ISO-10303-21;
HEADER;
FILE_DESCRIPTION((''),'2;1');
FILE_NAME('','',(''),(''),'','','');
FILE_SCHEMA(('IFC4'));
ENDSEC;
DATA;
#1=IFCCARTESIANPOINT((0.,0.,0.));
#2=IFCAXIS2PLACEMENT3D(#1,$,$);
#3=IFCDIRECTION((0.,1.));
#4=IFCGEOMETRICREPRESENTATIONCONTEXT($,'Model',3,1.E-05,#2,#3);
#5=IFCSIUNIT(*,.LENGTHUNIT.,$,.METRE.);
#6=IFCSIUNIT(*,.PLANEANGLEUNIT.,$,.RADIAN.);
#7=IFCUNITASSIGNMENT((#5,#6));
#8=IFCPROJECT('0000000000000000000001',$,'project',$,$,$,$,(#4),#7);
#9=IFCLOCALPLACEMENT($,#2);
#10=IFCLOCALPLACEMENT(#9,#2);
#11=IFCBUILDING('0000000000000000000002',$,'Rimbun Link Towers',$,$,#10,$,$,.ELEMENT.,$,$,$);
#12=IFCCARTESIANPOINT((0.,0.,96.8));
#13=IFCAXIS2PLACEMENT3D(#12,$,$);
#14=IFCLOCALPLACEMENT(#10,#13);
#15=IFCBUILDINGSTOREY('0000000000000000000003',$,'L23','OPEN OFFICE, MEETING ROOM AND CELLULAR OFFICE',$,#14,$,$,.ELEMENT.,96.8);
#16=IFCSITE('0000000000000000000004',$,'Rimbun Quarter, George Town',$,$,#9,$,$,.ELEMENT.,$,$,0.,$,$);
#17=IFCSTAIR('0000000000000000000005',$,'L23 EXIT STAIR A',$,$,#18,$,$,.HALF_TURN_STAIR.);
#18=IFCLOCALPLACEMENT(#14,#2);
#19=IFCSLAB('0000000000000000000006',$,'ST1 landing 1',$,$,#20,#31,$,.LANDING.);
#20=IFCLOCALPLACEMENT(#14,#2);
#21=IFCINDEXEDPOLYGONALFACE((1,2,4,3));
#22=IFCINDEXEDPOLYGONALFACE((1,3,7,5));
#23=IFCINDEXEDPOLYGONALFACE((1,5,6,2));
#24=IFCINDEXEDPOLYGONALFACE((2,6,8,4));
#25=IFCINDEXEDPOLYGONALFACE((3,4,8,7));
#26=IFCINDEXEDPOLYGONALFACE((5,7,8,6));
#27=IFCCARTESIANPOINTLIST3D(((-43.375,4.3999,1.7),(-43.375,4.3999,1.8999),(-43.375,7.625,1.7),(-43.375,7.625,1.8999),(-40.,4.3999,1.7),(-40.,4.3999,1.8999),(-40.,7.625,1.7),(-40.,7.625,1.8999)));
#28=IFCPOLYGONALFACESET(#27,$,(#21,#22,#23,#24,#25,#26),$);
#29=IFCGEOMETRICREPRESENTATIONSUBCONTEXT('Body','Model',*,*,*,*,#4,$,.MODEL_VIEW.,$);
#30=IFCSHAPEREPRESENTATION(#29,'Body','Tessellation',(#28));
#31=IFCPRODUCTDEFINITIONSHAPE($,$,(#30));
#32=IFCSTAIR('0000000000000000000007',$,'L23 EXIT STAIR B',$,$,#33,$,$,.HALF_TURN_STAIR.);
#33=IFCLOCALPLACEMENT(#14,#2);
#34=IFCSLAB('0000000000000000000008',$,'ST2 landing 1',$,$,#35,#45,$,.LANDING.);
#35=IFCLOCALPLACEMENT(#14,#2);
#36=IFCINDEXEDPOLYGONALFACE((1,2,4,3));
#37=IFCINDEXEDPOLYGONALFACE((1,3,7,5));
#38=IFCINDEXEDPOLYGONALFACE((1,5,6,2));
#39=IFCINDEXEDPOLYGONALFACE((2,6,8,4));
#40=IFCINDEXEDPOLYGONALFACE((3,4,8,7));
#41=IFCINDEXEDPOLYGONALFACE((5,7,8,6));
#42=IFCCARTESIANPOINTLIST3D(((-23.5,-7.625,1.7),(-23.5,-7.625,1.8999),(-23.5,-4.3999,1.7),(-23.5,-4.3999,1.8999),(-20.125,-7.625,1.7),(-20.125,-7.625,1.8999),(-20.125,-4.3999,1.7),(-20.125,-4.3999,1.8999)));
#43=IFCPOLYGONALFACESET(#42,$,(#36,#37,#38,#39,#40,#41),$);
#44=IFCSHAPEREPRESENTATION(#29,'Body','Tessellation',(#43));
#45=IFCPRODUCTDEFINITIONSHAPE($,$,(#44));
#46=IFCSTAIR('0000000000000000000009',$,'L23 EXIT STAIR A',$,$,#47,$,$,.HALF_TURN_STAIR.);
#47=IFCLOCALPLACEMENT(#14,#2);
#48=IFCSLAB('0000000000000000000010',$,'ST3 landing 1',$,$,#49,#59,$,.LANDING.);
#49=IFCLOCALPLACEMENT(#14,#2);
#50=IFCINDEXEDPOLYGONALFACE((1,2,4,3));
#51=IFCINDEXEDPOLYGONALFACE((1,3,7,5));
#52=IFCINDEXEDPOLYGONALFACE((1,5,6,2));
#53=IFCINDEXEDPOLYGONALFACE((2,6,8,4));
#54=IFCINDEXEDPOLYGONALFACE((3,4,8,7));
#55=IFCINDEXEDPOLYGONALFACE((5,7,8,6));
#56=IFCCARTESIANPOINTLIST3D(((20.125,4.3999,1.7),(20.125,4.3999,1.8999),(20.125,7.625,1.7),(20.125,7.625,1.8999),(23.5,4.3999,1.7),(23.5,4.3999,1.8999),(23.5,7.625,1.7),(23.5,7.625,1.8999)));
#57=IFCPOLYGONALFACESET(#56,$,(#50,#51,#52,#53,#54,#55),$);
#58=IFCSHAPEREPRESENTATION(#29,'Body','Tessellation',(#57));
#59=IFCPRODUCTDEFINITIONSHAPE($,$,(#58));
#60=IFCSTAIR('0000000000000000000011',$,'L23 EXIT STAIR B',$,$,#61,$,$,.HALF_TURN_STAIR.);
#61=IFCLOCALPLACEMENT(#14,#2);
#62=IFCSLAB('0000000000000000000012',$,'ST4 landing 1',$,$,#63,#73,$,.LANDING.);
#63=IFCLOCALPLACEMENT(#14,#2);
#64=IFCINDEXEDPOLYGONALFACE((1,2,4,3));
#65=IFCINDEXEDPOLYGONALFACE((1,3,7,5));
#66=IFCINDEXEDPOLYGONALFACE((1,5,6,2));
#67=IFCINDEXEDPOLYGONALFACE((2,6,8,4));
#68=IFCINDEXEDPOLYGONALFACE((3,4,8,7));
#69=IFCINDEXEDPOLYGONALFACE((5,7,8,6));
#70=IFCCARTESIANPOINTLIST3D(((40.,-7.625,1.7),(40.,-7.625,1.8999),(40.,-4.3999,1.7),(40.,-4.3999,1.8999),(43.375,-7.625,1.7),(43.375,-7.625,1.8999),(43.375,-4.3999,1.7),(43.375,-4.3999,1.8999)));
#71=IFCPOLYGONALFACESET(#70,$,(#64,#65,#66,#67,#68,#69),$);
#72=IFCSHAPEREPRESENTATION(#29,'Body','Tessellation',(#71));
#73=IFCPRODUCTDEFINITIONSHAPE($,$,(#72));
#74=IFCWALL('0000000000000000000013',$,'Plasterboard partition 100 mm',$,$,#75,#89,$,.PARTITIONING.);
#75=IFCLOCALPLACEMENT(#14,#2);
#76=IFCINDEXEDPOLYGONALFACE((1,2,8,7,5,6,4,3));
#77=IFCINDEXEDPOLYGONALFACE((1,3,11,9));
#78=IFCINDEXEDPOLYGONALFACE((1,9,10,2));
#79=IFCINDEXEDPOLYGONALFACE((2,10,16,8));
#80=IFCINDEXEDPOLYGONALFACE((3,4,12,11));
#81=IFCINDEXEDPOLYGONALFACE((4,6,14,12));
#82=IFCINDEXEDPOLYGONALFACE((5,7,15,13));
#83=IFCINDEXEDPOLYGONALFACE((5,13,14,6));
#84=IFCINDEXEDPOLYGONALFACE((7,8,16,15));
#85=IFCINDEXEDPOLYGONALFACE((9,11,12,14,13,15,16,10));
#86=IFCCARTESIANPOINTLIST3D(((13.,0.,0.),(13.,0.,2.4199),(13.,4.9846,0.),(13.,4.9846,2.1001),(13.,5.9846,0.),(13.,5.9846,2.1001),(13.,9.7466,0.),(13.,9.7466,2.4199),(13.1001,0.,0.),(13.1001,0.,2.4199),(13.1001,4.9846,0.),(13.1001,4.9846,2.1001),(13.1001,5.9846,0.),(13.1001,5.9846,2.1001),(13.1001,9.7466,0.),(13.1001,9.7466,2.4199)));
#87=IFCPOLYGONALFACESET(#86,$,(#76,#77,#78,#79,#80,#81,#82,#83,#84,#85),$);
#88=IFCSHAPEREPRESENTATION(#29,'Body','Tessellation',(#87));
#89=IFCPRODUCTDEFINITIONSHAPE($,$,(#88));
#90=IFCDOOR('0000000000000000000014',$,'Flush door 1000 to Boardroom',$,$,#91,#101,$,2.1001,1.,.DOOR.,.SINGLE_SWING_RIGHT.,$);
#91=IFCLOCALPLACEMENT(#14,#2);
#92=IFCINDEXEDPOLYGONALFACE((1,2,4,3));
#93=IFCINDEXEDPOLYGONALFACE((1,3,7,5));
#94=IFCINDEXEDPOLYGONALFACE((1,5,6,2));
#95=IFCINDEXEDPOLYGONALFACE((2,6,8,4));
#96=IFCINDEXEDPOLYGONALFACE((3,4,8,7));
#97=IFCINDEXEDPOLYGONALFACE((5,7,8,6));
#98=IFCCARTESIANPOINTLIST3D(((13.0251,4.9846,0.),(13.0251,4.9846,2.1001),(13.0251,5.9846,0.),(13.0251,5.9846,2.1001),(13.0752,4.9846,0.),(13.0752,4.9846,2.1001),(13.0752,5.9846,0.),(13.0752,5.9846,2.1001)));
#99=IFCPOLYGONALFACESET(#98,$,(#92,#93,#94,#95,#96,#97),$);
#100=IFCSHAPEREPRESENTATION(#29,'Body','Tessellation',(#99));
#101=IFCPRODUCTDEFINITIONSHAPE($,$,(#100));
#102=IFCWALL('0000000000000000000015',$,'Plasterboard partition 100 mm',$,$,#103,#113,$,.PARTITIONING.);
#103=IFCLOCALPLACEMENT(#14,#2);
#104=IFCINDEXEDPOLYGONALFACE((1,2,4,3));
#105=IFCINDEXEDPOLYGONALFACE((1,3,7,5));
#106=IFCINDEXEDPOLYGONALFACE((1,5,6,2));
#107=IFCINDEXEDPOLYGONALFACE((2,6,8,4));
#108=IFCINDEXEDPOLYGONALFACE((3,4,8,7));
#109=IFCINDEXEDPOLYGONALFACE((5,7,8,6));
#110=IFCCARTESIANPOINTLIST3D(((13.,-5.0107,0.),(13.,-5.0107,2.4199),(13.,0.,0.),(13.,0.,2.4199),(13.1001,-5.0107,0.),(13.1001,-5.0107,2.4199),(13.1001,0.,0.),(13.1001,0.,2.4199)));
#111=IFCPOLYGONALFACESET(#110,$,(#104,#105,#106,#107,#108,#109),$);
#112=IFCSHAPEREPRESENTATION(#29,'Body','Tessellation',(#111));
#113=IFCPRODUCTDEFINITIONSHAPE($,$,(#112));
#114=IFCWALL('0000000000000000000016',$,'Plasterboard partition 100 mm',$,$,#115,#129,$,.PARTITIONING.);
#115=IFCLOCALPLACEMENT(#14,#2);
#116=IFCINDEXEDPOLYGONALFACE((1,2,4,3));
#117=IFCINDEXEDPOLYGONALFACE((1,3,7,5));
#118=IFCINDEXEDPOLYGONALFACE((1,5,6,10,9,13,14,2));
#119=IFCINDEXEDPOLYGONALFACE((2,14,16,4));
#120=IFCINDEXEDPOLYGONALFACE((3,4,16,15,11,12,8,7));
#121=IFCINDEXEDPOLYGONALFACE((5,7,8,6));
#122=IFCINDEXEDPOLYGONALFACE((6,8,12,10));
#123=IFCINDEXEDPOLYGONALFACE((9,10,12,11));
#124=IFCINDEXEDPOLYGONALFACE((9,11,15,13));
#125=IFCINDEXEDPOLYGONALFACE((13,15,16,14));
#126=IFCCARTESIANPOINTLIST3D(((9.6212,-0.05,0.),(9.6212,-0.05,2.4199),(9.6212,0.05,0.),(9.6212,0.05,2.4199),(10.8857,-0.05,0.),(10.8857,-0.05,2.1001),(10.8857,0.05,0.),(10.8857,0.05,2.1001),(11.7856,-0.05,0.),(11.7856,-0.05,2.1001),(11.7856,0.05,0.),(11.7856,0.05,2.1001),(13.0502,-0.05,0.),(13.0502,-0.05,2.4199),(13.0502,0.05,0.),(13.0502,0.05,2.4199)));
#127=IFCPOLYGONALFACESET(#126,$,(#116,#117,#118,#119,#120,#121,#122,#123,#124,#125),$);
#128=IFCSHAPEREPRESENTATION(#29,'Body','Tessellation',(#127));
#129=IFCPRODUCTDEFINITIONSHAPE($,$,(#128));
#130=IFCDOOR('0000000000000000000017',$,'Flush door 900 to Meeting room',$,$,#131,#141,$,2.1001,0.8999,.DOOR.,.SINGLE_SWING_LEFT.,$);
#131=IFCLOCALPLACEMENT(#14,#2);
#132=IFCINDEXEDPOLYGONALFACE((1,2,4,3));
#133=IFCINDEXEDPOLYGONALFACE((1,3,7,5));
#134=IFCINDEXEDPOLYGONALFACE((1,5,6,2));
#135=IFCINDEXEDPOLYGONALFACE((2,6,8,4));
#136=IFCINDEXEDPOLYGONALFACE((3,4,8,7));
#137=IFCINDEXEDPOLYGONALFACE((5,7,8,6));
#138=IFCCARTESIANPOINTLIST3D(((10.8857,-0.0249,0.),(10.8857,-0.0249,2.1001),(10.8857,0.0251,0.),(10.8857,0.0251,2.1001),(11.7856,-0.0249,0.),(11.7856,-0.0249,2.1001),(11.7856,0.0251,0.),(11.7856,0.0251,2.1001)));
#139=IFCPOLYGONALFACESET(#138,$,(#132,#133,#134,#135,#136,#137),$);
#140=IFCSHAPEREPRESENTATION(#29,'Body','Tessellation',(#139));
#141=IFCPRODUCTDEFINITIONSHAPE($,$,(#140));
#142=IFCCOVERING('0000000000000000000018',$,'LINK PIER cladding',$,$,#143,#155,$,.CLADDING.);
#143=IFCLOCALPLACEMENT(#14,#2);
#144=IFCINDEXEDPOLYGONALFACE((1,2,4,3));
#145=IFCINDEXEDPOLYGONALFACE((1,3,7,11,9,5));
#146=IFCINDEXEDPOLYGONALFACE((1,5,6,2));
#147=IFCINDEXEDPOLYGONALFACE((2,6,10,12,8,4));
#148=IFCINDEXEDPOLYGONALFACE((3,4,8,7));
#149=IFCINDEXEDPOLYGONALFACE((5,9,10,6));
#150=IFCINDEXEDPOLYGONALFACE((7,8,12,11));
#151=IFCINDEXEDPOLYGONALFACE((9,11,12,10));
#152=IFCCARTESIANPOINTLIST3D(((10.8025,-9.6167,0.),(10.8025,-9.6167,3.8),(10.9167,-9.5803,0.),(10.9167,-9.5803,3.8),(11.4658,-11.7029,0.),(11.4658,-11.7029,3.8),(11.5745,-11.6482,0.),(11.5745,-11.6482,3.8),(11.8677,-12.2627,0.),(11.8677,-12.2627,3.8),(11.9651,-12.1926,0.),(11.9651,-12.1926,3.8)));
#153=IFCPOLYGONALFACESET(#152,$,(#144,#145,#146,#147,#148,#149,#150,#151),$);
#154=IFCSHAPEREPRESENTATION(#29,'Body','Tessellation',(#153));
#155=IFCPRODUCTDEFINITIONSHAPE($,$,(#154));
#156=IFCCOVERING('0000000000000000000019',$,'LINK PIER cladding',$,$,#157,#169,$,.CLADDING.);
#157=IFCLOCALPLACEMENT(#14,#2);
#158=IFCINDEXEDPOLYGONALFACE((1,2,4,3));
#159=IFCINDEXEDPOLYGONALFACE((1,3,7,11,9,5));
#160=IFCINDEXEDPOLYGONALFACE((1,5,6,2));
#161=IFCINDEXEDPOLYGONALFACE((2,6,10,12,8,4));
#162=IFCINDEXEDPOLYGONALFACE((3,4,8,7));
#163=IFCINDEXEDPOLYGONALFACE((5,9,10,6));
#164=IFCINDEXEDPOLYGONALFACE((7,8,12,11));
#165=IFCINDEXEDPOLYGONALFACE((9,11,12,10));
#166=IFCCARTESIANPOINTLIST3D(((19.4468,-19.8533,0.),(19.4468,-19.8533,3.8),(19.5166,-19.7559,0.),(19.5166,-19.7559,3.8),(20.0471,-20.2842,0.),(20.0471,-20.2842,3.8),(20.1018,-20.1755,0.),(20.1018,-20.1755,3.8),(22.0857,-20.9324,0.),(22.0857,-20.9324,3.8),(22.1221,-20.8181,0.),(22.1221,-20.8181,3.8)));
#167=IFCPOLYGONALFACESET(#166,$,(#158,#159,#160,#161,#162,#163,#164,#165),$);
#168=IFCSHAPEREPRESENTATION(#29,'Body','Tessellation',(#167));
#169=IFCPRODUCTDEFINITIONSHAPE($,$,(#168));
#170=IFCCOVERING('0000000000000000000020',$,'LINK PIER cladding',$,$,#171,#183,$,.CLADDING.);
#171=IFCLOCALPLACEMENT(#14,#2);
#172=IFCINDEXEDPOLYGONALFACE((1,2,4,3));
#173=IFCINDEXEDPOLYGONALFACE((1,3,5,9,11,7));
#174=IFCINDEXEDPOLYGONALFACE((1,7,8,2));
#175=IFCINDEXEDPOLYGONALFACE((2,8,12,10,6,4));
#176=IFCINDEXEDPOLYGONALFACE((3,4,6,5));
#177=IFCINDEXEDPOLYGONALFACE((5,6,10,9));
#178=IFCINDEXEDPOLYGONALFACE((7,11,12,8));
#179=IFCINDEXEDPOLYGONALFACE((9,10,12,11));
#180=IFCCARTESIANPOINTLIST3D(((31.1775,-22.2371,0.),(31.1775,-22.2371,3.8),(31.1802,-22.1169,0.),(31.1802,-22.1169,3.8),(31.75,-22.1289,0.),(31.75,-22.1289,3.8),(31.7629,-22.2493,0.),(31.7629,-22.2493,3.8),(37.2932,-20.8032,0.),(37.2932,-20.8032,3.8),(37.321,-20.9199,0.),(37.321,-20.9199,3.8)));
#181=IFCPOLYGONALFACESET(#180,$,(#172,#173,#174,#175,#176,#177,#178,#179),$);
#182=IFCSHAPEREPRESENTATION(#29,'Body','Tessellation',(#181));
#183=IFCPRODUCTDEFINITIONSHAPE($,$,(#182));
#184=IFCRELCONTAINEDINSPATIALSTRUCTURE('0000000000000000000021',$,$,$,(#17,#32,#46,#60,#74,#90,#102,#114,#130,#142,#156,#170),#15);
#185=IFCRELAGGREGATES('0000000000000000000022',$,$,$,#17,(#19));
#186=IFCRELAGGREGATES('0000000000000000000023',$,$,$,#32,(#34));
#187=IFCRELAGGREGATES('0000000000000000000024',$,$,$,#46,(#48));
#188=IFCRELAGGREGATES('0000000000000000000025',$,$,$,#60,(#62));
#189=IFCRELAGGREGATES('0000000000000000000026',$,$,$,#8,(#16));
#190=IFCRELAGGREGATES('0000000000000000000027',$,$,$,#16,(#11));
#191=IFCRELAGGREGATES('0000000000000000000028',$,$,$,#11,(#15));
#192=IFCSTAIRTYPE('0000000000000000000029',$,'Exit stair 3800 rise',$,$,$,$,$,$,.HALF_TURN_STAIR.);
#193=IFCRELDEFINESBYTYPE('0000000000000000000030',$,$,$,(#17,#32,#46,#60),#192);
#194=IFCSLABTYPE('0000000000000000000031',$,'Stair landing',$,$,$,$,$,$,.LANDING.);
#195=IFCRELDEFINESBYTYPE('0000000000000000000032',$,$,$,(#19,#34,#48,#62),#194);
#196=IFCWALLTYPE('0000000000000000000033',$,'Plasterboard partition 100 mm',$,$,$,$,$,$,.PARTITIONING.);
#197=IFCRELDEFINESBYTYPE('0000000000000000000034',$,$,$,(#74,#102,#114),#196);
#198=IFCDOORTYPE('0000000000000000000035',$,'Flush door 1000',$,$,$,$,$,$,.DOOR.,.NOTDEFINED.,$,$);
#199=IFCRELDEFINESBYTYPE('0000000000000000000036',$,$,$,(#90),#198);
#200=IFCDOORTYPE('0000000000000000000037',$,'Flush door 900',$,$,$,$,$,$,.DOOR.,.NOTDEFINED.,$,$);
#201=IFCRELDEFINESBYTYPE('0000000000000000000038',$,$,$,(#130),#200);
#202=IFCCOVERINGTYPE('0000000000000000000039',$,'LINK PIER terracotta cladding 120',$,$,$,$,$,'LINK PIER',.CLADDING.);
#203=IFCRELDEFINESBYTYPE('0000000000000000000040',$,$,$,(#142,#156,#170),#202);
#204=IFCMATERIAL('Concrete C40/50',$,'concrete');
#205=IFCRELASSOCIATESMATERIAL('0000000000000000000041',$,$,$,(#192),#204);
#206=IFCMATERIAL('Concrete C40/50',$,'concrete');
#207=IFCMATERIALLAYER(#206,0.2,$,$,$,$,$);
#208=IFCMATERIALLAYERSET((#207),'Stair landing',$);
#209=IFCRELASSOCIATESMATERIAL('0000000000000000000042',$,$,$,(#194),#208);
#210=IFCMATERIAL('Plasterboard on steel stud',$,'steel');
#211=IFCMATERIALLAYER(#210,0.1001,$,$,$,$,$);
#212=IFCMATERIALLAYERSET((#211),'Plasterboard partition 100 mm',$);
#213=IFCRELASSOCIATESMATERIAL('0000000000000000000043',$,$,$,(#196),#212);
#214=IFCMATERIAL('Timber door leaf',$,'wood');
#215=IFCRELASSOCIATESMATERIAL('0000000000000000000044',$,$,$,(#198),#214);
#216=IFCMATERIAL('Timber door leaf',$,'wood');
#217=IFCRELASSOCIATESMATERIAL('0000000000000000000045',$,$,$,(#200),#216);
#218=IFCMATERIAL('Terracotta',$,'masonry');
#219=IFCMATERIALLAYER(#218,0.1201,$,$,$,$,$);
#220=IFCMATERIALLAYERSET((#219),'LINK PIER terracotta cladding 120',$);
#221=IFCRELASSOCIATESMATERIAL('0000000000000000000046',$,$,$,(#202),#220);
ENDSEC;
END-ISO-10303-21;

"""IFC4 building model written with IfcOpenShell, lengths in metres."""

from ifc_helpers import new_model, si_unit, direction, frame, frame_2d, origin, place, context, subcontext, project, spatial, polyline, rectangle, outline, extrude, material, layer, layer_set, type_object, element, fill, aggregate, save


model = new_model("IFC4")

# Units and contexts
model_context = context("Model", 3, precision=1e-05, world=origin(), true_north=direction((0.0, 1.0)))
body_context = subcontext(model_context, "Body", "Model", "MODEL_VIEW")
ifc_project = project(units=[si_unit("LENGTHUNIT", "METRE"), si_unit("PLANEANGLEUNIT", "RADIAN")], contexts=[model_context])

# Site, building, storey
site_placement = place(None, origin())
site = spatial("IfcSite", under=ifc_project, at=site_placement, Name="Rimbun Quarter, George Town", CompositionType="ELEMENT", RefElevation=0.0)
building_placement = place(site_placement, origin())
building = spatial("IfcBuilding", under=site, at=building_placement, Name="Rimbun Link Towers", CompositionType="ELEMENT")
storey_placement = place(building_placement, frame((0.0, 0.0, 96.8)))
storey = spatial("IfcBuildingStorey", under=building, at=storey_placement, Name="L23", Description="OPEN OFFICE, MEETING ROOM AND CELLULAR OFFICE", CompositionType="ELEMENT", Elevation=96.8)

# Stairs, slabs
ifc_material_1 = material(Name="Concrete C40/50", Category="concrete")
stair_type = type_object("IfcStairType", Name="Exit stair 3800 rise", PredefinedType="HALF_TURN_STAIR", material=ifc_material_1)
stair_1_placement = place(storey_placement, origin())
stair_1 = element("IfcStair", 1, at=stair_1_placement, inside=storey, type_object=stair_type, Name="L23 EXIT STAIR A", PredefinedType="HALF_TURN_STAIR")
ifc_material_2 = material(Name="Concrete C40/50", Category="concrete")
ifc_layer_1 = layer(ifc_material_2, 0.2)
ifc_layer_set_1 = layer_set([ifc_layer_1], Name="Stair landing")
slab_type = type_object("IfcSlabType", Name="Stair landing", PredefinedType="LANDING", material=ifc_layer_set_1)
slab_1_placement = place(storey_placement, frame((0.0, 0.0, 1.7)))
slab_1 = element("IfcSlab", 2, at=slab_1_placement, type_object=slab_type, Name="ST1 landing 1", PredefinedType="LANDING", context=body_context, shape_type="SweptSolid", body=[
    extrude(outline(polyline([(-40.0, 7.625), (-43.375, 7.625), (-43.375, 4.3999), (-40.0, 4.3999), (-40.0, 7.625)])), origin(), (0.0, 0.0, 1.0), 0.2),
])
aggregate(stair_1, [slab_1])
stair_2_placement = place(storey_placement, origin())
stair_2 = element("IfcStair", 3, at=stair_2_placement, inside=storey, type_object=stair_type, Name="L23 EXIT STAIR B", PredefinedType="HALF_TURN_STAIR")
slab_2_placement = place(storey_placement, frame((0.0, 0.0, 1.7)))
slab_2 = element("IfcSlab", 4, at=slab_2_placement, type_object=slab_type, Name="ST2 landing 1", PredefinedType="LANDING", context=body_context, shape_type="SweptSolid", body=[
    extrude(outline(polyline([(-23.5, -7.625), (-20.125, -7.625), (-20.125, -4.3999), (-23.5, -4.3999), (-23.5, -7.625)])), origin(), (0.0, 0.0, 1.0), 0.2),
])
aggregate(stair_2, [slab_2])
stair_3_placement = place(storey_placement, origin())
stair_3 = element("IfcStair", 5, at=stair_3_placement, inside=storey, type_object=stair_type, Name="L23 EXIT STAIR A", PredefinedType="HALF_TURN_STAIR")
slab_3_placement = place(storey_placement, frame((0.0, 0.0, 1.7)))
slab_3 = element("IfcSlab", 6, at=slab_3_placement, type_object=slab_type, Name="ST3 landing 1", PredefinedType="LANDING", context=body_context, shape_type="SweptSolid", body=[
    extrude(outline(polyline([(23.5, 7.625), (20.125, 7.625), (20.125, 4.3999), (23.5, 4.3999), (23.5, 7.625)])), origin(), (0.0, 0.0, 1.0), 0.2),
])
aggregate(stair_3, [slab_3])
stair_4_placement = place(storey_placement, origin())
stair_4 = element("IfcStair", 7, at=stair_4_placement, inside=storey, type_object=stair_type, Name="L23 EXIT STAIR B", PredefinedType="HALF_TURN_STAIR")
slab_4_placement = place(storey_placement, frame((0.0, 0.0, 1.7)))
slab_4 = element("IfcSlab", 8, at=slab_4_placement, type_object=slab_type, Name="ST4 landing 1", PredefinedType="LANDING", context=body_context, shape_type="SweptSolid", body=[
    extrude(outline(polyline([(40.0, -7.625), (43.375, -7.625), (43.375, -4.3999), (40.0, -4.3999), (40.0, -7.625)])), origin(), (0.0, 0.0, 1.0), 0.2),
])
aggregate(stair_4, [slab_4])

# Wall, opening, door
ifc_material_3 = material(Name="Plasterboard on steel stud", Category="steel")
ifc_layer_2 = layer(ifc_material_3, 0.1001)
ifc_layer_set_2 = layer_set([ifc_layer_2], Name="Plasterboard partition 100 mm")
wall_type = type_object("IfcWallType", Name="Plasterboard partition 100 mm", PredefinedType="PARTITIONING", material=ifc_layer_set_2)
wall_1_placement = place(storey_placement, frame((13.05, 0.0, 0.0), z_axis=(0.0, 0.0, 1.0), x_axis=(0.0, 1.0, 0.0)))
wall_1 = element("IfcWall", 9, at=wall_1_placement, inside=storey, type_object=wall_type, Name="Plasterboard partition 100 mm", PredefinedType="PARTITIONING", context=body_context, shape_type="SweptSolid", body=[
    extrude(rectangle(XDim=9.7466, YDim=0.1001, at=frame_2d((4.8733, 0.0))), origin(), (0.0, 0.0, 1.0), 2.4199),
])
opening_1_placement = place(wall_1_placement, frame((4.9846, 0.0, 0.0)))
opening_1 = element("IfcOpeningElement", 10, at=opening_1_placement, cuts=wall_1, PredefinedType="OPENING", context=body_context, shape_type="SweptSolid", body=[
    extrude(rectangle(XDim=1.0, YDim=2.1001, at=frame_2d((0.5, 1.05))), frame((0.0, 0.0601, 0.0), z_axis=(0.0, -1.0, 0.0), x_axis=(1.0, 0.0, 0.0)), (0.0, 0.0, 1.0), 0.1201),
])
ifc_material_4 = material(Name="Timber door leaf", Category="wood")
door_type_1 = type_object("IfcDoorType", Name="Flush door 1000", OperationType="NOTDEFINED", PredefinedType="DOOR", material=ifc_material_4)
door_1_placement = place(opening_1_placement, origin())
door_1 = element("IfcDoor", 11, at=door_1_placement, inside=storey, type_object=door_type_1, Name="Flush door 1000 to Boardroom", OperationType="SINGLE_SWING_RIGHT", OverallHeight=2.1001, OverallWidth=1.0, PredefinedType="DOOR", context=body_context, shape_type="SweptSolid", body=[
    extrude(rectangle(XDim=1.0, YDim=2.1001, at=frame_2d((0.5, 1.05))), frame((0.0, 0.0249, 0.0), z_axis=(0.0, -1.0, 0.0), x_axis=(1.0, 0.0, 0.0)), (0.0, 0.0, 1.0), 0.05),
])
fill(opening_1, door_1)

# Wall
wall_2_placement = place(storey_placement, frame((13.05, 0.0, 0.0), z_axis=(0.0, 0.0, 1.0), x_axis=(0.0, -1.0, 0.0)))
element("IfcWall", 12, at=wall_2_placement, inside=storey, type_object=wall_type, Name="Plasterboard partition 100 mm", PredefinedType="PARTITIONING", context=body_context, shape_type="SweptSolid", body=[
    extrude(rectangle(XDim=5.0107, YDim=0.1001, at=frame_2d((2.5054, 0.0))), origin(), (0.0, 0.0, 1.0), 2.4199),
])

# Wall, opening, door
wall_3_placement = place(storey_placement, frame((13.05, 0.0, 0.0), z_axis=(0.0, 0.0, 1.0), x_axis=(-1.0, 0.0, 0.0)))
wall_3 = element("IfcWall", 13, at=wall_3_placement, inside=storey, type_object=wall_type, Name="Plasterboard partition 100 mm", PredefinedType="PARTITIONING", context=body_context, shape_type="SweptSolid", body=[
    extrude(rectangle(XDim=3.429, YDim=0.1001, at=frame_2d((1.7144, 0.0))), origin(), (0.0, 0.0, 1.0), 2.4199),
])
opening_2_placement = place(wall_3_placement, frame((1.2644, 0.0, 0.0)))
opening_2 = element("IfcOpeningElement", 14, at=opening_2_placement, cuts=wall_3, PredefinedType="OPENING", context=body_context, shape_type="SweptSolid", body=[
    extrude(rectangle(XDim=0.8999, YDim=2.1001, at=frame_2d((0.45, 1.05))), frame((0.0, 0.0601, 0.0), z_axis=(0.0, -1.0, 0.0), x_axis=(1.0, 0.0, 0.0)), (0.0, 0.0, 1.0), 0.1201),
])
ifc_material_5 = material(Name="Timber door leaf", Category="wood")
door_type_2 = type_object("IfcDoorType", Name="Flush door 900", OperationType="NOTDEFINED", PredefinedType="DOOR", material=ifc_material_5)
door_2_placement = place(opening_2_placement, origin())
door_2 = element("IfcDoor", 15, at=door_2_placement, inside=storey, type_object=door_type_2, Name="Flush door 900 to Meeting room", OperationType="SINGLE_SWING_LEFT", OverallHeight=2.1001, OverallWidth=0.8999, PredefinedType="DOOR", context=body_context, shape_type="SweptSolid", body=[
    extrude(rectangle(XDim=0.8999, YDim=2.1001, at=frame_2d((0.45, 1.05))), frame((0.0, 0.0249, 0.0), z_axis=(0.0, -1.0, 0.0), x_axis=(1.0, 0.0, 0.0)), (0.0, 0.0, 1.0), 0.05),
])
fill(opening_2, door_2)

# Coverings
ifc_material_6 = material(Name="Terracotta", Category="masonry")
ifc_layer_3 = layer(ifc_material_6, 0.1201)
ifc_layer_set_3 = layer_set([ifc_layer_3], Name="LINK PIER terracotta cladding 120")
covering_type_1 = type_object("IfcCoveringType", Name="LINK PIER terracotta cladding 120", ElementType="LINK PIER", PredefinedType="CLADDING", material=ifc_layer_set_3)
covering_1_placement = place(storey_placement, origin())
element("IfcCovering", 16, at=covering_1_placement, inside=storey, type_object=covering_type_1, Name="LINK PIER cladding", PredefinedType="CLADDING", context=body_context, shape_type="SweptSolid", body=[
    extrude(outline(polyline([(11.9651, -12.1926), (11.5745, -11.6482), (10.9167, -9.5803), (10.8025, -9.6167), (11.4658, -11.7029), (11.8677, -12.2627), (11.9651, -12.1926)])), origin(), (0.0, 0.0, 1.0), 3.8),
])
covering_2_placement = place(storey_placement, origin())
element("IfcCovering", 17, at=covering_2_placement, inside=storey, type_object=covering_type_1, Name="LINK PIER cladding", PredefinedType="CLADDING", context=body_context, shape_type="SweptSolid", body=[
    extrude(outline(polyline([(22.1221, -20.8181), (20.1018, -20.1755), (19.5166, -19.7559), (19.4468, -19.8533), (20.0471, -20.2842), (22.0857, -20.9324), (22.1221, -20.8181)])), origin(), (0.0, 0.0, 1.0), 3.8),
])
covering_3_placement = place(storey_placement, origin())
element("IfcCovering", 18, at=covering_3_placement, inside=storey, type_object=covering_type_1, Name="LINK PIER cladding", PredefinedType="CLADDING", context=body_context, shape_type="SweptSolid", body=[
    extrude(outline(polyline([(37.2932, -20.8032), (31.75, -22.1289), (31.1802, -22.1169), (31.1775, -22.2371), (31.7629, -22.2493), (37.321, -20.9199), (37.2932, -20.8032)])), origin(), (0.0, 0.0, 1.0), 3.8),
])

save(model, "model.ifc")
